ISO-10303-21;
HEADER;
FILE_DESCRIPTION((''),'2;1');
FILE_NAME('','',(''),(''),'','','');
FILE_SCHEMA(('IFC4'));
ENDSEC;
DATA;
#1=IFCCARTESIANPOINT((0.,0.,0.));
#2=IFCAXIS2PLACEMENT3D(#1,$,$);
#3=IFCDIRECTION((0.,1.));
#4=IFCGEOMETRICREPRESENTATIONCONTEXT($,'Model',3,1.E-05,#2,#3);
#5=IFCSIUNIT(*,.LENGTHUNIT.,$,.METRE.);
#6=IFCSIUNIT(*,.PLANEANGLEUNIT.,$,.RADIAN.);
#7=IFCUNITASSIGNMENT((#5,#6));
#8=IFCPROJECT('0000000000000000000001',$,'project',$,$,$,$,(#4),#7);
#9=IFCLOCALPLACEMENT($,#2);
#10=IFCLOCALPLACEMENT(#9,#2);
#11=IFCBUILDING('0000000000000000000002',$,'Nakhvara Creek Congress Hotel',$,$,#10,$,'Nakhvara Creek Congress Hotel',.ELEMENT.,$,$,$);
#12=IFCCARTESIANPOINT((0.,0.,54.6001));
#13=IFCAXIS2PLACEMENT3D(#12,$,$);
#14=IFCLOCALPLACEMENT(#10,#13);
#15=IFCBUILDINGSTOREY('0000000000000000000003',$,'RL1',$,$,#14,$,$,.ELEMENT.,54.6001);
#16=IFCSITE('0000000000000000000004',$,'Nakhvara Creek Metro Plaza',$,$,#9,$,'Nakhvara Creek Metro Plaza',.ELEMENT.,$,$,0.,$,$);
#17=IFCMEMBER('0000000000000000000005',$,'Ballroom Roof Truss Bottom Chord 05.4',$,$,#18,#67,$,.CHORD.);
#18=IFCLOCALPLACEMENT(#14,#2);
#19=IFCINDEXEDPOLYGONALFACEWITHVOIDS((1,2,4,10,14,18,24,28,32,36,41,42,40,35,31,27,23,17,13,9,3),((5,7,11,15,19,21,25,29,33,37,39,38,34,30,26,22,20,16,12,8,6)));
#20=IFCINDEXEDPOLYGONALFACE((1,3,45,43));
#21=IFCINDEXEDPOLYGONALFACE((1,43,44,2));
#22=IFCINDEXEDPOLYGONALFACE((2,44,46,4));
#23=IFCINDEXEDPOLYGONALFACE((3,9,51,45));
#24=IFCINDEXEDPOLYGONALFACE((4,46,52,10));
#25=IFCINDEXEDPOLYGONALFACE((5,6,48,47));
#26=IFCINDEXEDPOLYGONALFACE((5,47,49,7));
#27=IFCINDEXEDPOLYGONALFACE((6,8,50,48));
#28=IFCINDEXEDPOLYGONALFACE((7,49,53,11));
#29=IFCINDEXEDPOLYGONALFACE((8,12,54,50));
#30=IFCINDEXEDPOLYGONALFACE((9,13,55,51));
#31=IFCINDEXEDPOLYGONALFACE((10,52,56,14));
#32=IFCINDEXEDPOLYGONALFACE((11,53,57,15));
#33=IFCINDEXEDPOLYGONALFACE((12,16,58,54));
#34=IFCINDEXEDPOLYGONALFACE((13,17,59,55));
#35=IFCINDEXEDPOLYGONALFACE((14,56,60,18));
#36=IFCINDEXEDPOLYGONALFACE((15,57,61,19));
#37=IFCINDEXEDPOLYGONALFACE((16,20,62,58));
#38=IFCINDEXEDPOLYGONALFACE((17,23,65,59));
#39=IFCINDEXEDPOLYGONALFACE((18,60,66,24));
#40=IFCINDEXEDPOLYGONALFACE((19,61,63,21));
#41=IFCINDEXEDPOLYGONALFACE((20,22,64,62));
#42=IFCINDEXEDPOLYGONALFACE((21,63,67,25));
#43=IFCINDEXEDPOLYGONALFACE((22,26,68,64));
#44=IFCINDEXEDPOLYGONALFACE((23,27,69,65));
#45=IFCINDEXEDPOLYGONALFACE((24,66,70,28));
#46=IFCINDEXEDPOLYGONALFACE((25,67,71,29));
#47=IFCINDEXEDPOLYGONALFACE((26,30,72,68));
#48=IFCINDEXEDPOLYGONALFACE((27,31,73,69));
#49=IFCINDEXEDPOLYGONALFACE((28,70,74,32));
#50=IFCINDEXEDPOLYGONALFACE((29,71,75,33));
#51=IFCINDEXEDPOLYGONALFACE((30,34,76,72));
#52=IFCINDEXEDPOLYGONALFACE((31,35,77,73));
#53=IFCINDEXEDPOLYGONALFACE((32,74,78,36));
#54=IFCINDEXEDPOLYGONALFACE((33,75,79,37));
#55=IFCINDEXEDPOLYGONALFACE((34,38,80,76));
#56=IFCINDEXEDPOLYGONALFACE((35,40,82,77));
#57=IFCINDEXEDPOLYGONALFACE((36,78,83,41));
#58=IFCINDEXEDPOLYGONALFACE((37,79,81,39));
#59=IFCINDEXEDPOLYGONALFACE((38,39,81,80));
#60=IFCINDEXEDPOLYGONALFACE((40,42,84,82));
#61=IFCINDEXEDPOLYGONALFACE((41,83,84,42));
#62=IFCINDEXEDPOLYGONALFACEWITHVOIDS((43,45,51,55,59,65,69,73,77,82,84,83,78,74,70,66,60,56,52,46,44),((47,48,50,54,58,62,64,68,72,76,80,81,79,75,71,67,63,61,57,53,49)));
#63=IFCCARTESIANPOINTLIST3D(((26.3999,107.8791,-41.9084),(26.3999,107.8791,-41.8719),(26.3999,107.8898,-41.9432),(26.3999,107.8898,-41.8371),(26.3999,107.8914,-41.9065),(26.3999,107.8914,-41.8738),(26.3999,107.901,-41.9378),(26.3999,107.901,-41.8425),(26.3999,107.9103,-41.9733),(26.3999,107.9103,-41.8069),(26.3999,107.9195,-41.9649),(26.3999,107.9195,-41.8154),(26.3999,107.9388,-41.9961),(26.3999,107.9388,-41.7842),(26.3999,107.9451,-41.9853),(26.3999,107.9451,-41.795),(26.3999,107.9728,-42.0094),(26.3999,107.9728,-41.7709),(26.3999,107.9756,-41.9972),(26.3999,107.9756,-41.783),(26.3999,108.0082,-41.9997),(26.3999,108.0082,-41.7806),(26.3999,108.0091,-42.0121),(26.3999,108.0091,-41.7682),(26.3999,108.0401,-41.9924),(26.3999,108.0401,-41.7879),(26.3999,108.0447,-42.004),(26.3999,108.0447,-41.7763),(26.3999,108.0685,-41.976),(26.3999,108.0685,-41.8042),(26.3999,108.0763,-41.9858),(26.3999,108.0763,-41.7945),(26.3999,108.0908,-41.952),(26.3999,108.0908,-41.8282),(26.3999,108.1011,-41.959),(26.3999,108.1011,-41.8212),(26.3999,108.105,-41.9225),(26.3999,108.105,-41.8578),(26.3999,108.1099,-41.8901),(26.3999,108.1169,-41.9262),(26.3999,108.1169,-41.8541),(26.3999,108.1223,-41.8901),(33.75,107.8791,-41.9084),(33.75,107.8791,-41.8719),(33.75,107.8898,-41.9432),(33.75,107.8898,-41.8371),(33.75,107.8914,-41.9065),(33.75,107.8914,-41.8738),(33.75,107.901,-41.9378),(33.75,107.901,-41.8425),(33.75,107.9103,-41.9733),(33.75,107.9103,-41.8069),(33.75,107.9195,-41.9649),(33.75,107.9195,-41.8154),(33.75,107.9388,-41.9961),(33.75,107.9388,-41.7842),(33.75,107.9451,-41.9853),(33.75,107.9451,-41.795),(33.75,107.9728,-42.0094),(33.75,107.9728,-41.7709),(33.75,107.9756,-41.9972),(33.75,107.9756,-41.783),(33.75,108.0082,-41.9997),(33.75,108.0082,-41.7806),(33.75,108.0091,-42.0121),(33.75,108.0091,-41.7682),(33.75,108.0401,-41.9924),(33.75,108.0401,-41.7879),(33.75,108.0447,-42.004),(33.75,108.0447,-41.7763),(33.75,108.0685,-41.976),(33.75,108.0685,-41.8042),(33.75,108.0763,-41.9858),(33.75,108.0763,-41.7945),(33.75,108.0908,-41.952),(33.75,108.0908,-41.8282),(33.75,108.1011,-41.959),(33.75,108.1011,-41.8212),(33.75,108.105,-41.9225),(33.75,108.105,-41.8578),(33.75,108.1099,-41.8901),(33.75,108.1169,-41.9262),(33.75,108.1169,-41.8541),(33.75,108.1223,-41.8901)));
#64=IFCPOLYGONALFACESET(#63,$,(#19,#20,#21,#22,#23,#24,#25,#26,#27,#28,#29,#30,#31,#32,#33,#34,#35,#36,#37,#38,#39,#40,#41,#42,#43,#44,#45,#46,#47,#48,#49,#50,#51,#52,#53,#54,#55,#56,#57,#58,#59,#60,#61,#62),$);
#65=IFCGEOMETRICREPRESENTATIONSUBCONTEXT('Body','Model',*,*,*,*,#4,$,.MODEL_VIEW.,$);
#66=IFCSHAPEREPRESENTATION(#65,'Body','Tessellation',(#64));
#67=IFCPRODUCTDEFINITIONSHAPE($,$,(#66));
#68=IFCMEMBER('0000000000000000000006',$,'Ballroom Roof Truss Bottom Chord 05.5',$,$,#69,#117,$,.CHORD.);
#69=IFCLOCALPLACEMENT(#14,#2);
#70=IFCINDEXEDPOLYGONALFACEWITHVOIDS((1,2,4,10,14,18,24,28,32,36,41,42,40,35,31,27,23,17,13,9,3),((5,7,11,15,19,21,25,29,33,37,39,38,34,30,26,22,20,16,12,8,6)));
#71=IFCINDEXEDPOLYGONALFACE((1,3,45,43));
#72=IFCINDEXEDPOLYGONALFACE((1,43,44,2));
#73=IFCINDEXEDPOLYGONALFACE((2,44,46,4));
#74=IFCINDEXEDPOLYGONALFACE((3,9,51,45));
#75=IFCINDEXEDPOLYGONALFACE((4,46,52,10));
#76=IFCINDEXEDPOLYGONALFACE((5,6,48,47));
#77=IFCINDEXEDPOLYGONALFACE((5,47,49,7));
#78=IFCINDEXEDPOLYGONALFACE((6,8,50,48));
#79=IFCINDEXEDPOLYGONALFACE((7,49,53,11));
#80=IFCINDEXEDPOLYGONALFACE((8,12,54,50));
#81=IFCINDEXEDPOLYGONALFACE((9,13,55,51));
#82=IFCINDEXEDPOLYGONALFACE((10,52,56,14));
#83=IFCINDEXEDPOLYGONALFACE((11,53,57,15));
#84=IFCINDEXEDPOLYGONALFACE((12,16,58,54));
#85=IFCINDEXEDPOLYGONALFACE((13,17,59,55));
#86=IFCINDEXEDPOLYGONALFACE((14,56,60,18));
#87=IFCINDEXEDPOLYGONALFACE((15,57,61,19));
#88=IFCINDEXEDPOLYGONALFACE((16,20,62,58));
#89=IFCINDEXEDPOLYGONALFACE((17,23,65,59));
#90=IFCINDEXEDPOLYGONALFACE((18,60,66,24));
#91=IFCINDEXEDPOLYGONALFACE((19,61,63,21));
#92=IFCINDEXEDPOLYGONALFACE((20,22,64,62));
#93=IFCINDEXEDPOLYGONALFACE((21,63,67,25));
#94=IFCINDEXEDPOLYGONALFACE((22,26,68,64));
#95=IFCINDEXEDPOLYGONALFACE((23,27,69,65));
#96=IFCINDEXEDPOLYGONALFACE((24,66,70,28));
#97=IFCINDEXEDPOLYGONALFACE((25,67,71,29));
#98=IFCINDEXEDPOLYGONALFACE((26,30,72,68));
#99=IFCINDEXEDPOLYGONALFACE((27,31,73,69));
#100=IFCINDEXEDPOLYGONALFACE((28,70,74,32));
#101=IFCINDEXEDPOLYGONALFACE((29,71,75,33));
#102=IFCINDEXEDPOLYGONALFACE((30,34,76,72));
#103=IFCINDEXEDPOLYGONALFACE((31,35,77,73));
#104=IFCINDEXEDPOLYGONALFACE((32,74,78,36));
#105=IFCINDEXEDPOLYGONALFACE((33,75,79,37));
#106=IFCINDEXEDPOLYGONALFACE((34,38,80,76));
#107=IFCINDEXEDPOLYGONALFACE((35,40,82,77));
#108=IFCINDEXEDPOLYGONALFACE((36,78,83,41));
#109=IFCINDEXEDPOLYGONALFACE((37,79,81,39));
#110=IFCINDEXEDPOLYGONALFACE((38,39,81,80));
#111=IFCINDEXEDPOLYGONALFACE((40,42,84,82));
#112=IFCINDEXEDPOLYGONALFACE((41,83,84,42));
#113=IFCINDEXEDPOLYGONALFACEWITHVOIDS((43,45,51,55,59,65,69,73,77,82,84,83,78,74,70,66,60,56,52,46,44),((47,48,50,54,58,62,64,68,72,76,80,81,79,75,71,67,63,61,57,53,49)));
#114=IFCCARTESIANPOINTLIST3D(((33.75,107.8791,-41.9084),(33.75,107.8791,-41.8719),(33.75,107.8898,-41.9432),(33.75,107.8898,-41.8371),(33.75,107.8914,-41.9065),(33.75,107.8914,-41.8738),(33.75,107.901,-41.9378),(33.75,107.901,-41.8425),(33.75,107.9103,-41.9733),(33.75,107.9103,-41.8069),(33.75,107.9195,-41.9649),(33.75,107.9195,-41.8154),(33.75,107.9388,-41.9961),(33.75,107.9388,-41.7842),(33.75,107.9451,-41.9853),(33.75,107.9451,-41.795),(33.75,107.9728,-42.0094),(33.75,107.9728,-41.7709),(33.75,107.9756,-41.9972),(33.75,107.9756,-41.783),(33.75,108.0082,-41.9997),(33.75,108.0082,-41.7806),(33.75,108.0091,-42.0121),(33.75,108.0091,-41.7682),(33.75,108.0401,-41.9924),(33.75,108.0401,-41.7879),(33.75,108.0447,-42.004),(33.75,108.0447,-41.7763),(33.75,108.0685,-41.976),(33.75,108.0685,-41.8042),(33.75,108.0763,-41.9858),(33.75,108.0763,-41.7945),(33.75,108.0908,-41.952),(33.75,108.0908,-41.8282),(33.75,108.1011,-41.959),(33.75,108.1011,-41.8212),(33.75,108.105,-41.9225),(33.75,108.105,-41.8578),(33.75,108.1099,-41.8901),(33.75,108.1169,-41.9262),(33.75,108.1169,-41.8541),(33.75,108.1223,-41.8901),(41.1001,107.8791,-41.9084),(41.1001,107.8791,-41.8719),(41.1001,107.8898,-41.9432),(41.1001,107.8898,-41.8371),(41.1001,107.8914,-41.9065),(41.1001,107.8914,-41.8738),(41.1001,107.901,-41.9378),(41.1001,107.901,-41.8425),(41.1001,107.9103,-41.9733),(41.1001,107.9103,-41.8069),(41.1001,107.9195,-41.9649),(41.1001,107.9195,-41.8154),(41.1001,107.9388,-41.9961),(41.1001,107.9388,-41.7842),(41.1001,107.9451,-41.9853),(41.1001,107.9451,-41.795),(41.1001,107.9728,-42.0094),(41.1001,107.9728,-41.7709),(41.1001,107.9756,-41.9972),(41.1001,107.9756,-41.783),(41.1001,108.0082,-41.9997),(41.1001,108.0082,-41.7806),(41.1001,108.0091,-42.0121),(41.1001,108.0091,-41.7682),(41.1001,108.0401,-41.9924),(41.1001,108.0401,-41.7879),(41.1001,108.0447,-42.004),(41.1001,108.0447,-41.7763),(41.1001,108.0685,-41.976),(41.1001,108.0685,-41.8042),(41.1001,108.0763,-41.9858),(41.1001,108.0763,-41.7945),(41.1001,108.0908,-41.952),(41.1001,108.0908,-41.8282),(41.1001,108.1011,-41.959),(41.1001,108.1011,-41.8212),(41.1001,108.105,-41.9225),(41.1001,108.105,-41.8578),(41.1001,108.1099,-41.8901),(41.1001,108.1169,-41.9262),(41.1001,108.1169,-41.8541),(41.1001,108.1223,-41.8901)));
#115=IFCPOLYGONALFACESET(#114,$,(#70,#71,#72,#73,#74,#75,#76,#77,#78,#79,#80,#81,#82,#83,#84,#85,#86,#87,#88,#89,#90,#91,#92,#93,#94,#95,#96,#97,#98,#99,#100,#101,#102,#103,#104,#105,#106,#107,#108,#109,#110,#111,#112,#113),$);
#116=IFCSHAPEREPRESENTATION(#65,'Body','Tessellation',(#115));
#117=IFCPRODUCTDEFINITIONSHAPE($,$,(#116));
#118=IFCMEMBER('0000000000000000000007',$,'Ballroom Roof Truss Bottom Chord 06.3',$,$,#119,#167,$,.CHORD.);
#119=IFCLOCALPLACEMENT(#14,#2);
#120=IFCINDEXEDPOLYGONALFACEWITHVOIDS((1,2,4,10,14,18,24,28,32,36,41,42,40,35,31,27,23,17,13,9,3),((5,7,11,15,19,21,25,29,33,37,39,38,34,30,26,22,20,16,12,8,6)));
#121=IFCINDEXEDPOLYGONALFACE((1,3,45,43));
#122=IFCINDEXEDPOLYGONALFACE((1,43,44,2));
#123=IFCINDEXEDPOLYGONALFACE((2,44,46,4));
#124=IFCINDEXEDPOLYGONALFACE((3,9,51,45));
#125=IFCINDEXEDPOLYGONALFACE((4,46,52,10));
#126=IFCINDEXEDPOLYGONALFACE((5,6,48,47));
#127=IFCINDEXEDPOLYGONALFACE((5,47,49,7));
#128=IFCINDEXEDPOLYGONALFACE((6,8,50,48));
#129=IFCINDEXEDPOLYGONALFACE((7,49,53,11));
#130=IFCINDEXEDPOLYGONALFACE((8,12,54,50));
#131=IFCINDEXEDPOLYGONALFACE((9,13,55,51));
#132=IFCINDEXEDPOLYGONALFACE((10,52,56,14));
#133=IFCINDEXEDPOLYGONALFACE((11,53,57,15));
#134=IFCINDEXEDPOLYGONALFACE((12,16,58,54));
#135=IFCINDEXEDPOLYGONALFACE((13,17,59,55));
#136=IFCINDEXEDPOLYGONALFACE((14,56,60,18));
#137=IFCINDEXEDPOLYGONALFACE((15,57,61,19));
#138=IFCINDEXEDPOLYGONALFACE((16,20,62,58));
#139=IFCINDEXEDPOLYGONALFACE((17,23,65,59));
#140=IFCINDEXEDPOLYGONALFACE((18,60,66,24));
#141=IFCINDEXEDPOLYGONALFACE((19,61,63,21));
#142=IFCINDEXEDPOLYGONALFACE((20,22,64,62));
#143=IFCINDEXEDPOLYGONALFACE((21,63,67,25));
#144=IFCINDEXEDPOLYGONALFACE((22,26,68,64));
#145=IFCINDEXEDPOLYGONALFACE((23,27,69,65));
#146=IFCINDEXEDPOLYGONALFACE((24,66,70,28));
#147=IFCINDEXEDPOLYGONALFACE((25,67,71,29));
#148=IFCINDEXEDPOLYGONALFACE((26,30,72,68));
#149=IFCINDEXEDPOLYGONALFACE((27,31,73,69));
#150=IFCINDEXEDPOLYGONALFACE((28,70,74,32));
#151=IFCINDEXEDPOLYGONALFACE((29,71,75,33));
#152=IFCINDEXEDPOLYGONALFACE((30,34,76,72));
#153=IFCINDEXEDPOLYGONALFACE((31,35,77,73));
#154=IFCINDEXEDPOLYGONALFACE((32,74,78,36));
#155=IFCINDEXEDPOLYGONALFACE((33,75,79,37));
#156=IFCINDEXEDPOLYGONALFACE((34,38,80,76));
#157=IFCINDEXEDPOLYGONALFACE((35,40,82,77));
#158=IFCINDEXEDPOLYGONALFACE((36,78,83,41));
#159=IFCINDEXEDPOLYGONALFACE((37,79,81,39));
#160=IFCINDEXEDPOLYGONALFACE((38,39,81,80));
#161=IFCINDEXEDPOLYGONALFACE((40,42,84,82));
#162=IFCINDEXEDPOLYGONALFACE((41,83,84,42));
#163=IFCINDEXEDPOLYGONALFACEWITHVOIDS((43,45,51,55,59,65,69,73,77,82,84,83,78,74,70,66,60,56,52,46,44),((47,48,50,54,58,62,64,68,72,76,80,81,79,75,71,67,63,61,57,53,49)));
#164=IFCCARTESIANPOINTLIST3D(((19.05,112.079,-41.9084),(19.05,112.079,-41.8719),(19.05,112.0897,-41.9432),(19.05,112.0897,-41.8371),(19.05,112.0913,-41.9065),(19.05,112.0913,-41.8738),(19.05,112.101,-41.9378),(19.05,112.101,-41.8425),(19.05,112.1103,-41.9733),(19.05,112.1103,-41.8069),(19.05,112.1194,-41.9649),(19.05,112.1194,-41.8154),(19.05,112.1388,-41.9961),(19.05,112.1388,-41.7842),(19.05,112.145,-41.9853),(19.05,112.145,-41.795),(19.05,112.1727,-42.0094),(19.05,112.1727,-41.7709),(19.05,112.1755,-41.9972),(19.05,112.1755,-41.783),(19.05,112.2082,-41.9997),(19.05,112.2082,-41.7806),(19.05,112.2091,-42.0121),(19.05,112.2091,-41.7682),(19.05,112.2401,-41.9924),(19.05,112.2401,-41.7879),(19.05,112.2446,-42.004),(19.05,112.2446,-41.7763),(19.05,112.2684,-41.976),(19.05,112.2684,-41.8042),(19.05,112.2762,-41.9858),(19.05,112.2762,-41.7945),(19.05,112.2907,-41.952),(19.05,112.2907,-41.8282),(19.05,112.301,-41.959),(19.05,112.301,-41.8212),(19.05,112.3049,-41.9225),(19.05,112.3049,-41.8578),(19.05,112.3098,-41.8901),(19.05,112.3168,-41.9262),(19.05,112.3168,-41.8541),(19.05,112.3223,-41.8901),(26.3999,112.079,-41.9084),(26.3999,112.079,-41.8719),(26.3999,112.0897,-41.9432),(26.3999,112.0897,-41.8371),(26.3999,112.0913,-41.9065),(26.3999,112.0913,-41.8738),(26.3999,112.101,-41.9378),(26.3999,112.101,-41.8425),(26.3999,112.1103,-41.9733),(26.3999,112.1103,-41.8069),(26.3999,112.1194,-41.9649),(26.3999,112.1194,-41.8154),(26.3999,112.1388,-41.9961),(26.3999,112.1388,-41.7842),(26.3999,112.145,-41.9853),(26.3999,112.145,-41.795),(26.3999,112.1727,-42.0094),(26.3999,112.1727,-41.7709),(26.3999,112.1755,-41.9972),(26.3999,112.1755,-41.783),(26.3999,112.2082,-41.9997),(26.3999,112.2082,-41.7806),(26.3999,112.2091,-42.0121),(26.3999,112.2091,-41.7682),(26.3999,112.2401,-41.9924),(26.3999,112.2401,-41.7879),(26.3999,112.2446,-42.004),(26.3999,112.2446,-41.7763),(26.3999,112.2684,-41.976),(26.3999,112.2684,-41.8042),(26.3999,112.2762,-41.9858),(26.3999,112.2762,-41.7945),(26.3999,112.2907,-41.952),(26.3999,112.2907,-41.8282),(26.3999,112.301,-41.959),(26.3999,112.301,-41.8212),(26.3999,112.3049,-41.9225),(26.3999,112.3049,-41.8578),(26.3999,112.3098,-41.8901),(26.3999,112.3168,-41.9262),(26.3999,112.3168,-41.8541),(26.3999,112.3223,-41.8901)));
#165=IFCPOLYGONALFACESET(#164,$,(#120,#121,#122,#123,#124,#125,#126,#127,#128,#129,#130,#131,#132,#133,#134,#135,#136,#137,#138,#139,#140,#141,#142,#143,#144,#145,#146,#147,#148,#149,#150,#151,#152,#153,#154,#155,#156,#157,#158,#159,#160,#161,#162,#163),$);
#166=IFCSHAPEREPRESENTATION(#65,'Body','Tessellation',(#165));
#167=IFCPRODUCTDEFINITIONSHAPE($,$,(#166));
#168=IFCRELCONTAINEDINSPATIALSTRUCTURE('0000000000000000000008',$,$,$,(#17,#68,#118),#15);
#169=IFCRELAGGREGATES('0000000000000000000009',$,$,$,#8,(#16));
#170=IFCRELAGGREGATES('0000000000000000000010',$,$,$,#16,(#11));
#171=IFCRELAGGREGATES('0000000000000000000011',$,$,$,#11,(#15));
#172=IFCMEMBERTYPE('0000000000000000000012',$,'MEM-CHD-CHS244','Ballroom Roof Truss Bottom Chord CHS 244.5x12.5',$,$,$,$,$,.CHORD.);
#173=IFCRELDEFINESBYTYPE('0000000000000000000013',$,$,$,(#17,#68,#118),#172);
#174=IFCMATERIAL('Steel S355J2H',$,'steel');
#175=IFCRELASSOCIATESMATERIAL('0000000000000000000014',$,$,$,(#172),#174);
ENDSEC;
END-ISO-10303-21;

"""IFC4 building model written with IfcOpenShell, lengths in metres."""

from ifc_helpers import new_model, si_unit, direction, frame, origin, origin_2d, place, context, subcontext, project, spatial, hollow_circle, extrude, material, material_profile, profile_set, type_object, element, save


model = new_model("IFC4")

# Units and contexts
model_context = context("Model", 3, precision=1e-05, world=origin(), true_north=direction((0.0, 1.0)))
body_context = subcontext(model_context, "Body", "Model", "MODEL_VIEW")
ifc_project = project(units=[si_unit("LENGTHUNIT", "METRE"), si_unit("PLANEANGLEUNIT", "RADIAN")], contexts=[model_context])

# Site, building, storey
site_placement = place(None, origin())
site = spatial("IfcSite", under=ifc_project, at=site_placement, Name="Nakhvara Creek Metro Plaza", LongName="Nakhvara Creek Metro Plaza", CompositionType="ELEMENT", RefElevation=0.0)
building_placement = place(site_placement, origin())
building = spatial("IfcBuilding", under=site, at=building_placement, Name="Nakhvara Creek Congress Hotel", LongName="Nakhvara Creek Congress Hotel", CompositionType="ELEMENT")
storey_placement = place(building_placement, frame((0.0, 0.0, 54.6001)))
storey = spatial("IfcBuildingStorey", under=building, at=storey_placement, Name="RL1", CompositionType="ELEMENT", Elevation=54.6001)

# Members
ifc_material_1 = material(Name="Steel S355J2H", Category="steel")
ifc_material_profile_1 = material_profile(ifc_material_1, hollow_circle(Radius=0.1223, WallThickness=0.0125, at=origin_2d()), Name="CHS 244.5x12.5", Category="LoadBearing")
ifc_profile_set_1 = profile_set([ifc_material_profile_1], Name="Steel S355J2H")
member_type_1 = type_object("IfcMemberType", Name="MEM-CHD-CHS244", Description="Ballroom Roof Truss Bottom Chord CHS 244.5x12.5", PredefinedType="CHORD", material=ifc_profile_set_1)
for number, where, z_axis, x_axis, name in (
    (1, (26.3999, 108.0, -41.8901), (1.0, 0.0, 0.0), (0.0, 1.0, 0.0), "Ballroom Roof Truss Bottom Chord 05.4"),
    (2, (33.75, 108.0, -41.8901), (1.0, 0.0, 0.0), (0.0, 1.0, 0.0), "Ballroom Roof Truss Bottom Chord 05.5"),
):
    element("IfcMember", number, at=place(storey_placement, frame(where, z_axis=z_axis, x_axis=x_axis)), inside=storey, type_object=member_type_1, Name=name, PredefinedType="CHORD", context=body_context, shape_type="SweptSolid", body=[
        extrude(hollow_circle(Radius=0.1223, WallThickness=0.0125, at=origin_2d()), origin(), (0.0, 0.0, 1.0), 7.3501),
    ])
member_1_placement = place(storey_placement, frame((19.05, 112.2, -41.8901), z_axis=(1.0, 0.0, 0.0), x_axis=(0.0, 1.0, 0.0)))
element("IfcMember", 3, at=member_1_placement, inside=storey, type_object=member_type_1, Name="Ballroom Roof Truss Bottom Chord 06.3", PredefinedType="CHORD", context=body_context, shape_type="SweptSolid", body=[
    extrude(hollow_circle(Radius=0.1223, WallThickness=0.0125, at=origin_2d()), origin(), (0.0, 0.0, 1.0), 7.3499),
])

save(model, "model.ifc")
